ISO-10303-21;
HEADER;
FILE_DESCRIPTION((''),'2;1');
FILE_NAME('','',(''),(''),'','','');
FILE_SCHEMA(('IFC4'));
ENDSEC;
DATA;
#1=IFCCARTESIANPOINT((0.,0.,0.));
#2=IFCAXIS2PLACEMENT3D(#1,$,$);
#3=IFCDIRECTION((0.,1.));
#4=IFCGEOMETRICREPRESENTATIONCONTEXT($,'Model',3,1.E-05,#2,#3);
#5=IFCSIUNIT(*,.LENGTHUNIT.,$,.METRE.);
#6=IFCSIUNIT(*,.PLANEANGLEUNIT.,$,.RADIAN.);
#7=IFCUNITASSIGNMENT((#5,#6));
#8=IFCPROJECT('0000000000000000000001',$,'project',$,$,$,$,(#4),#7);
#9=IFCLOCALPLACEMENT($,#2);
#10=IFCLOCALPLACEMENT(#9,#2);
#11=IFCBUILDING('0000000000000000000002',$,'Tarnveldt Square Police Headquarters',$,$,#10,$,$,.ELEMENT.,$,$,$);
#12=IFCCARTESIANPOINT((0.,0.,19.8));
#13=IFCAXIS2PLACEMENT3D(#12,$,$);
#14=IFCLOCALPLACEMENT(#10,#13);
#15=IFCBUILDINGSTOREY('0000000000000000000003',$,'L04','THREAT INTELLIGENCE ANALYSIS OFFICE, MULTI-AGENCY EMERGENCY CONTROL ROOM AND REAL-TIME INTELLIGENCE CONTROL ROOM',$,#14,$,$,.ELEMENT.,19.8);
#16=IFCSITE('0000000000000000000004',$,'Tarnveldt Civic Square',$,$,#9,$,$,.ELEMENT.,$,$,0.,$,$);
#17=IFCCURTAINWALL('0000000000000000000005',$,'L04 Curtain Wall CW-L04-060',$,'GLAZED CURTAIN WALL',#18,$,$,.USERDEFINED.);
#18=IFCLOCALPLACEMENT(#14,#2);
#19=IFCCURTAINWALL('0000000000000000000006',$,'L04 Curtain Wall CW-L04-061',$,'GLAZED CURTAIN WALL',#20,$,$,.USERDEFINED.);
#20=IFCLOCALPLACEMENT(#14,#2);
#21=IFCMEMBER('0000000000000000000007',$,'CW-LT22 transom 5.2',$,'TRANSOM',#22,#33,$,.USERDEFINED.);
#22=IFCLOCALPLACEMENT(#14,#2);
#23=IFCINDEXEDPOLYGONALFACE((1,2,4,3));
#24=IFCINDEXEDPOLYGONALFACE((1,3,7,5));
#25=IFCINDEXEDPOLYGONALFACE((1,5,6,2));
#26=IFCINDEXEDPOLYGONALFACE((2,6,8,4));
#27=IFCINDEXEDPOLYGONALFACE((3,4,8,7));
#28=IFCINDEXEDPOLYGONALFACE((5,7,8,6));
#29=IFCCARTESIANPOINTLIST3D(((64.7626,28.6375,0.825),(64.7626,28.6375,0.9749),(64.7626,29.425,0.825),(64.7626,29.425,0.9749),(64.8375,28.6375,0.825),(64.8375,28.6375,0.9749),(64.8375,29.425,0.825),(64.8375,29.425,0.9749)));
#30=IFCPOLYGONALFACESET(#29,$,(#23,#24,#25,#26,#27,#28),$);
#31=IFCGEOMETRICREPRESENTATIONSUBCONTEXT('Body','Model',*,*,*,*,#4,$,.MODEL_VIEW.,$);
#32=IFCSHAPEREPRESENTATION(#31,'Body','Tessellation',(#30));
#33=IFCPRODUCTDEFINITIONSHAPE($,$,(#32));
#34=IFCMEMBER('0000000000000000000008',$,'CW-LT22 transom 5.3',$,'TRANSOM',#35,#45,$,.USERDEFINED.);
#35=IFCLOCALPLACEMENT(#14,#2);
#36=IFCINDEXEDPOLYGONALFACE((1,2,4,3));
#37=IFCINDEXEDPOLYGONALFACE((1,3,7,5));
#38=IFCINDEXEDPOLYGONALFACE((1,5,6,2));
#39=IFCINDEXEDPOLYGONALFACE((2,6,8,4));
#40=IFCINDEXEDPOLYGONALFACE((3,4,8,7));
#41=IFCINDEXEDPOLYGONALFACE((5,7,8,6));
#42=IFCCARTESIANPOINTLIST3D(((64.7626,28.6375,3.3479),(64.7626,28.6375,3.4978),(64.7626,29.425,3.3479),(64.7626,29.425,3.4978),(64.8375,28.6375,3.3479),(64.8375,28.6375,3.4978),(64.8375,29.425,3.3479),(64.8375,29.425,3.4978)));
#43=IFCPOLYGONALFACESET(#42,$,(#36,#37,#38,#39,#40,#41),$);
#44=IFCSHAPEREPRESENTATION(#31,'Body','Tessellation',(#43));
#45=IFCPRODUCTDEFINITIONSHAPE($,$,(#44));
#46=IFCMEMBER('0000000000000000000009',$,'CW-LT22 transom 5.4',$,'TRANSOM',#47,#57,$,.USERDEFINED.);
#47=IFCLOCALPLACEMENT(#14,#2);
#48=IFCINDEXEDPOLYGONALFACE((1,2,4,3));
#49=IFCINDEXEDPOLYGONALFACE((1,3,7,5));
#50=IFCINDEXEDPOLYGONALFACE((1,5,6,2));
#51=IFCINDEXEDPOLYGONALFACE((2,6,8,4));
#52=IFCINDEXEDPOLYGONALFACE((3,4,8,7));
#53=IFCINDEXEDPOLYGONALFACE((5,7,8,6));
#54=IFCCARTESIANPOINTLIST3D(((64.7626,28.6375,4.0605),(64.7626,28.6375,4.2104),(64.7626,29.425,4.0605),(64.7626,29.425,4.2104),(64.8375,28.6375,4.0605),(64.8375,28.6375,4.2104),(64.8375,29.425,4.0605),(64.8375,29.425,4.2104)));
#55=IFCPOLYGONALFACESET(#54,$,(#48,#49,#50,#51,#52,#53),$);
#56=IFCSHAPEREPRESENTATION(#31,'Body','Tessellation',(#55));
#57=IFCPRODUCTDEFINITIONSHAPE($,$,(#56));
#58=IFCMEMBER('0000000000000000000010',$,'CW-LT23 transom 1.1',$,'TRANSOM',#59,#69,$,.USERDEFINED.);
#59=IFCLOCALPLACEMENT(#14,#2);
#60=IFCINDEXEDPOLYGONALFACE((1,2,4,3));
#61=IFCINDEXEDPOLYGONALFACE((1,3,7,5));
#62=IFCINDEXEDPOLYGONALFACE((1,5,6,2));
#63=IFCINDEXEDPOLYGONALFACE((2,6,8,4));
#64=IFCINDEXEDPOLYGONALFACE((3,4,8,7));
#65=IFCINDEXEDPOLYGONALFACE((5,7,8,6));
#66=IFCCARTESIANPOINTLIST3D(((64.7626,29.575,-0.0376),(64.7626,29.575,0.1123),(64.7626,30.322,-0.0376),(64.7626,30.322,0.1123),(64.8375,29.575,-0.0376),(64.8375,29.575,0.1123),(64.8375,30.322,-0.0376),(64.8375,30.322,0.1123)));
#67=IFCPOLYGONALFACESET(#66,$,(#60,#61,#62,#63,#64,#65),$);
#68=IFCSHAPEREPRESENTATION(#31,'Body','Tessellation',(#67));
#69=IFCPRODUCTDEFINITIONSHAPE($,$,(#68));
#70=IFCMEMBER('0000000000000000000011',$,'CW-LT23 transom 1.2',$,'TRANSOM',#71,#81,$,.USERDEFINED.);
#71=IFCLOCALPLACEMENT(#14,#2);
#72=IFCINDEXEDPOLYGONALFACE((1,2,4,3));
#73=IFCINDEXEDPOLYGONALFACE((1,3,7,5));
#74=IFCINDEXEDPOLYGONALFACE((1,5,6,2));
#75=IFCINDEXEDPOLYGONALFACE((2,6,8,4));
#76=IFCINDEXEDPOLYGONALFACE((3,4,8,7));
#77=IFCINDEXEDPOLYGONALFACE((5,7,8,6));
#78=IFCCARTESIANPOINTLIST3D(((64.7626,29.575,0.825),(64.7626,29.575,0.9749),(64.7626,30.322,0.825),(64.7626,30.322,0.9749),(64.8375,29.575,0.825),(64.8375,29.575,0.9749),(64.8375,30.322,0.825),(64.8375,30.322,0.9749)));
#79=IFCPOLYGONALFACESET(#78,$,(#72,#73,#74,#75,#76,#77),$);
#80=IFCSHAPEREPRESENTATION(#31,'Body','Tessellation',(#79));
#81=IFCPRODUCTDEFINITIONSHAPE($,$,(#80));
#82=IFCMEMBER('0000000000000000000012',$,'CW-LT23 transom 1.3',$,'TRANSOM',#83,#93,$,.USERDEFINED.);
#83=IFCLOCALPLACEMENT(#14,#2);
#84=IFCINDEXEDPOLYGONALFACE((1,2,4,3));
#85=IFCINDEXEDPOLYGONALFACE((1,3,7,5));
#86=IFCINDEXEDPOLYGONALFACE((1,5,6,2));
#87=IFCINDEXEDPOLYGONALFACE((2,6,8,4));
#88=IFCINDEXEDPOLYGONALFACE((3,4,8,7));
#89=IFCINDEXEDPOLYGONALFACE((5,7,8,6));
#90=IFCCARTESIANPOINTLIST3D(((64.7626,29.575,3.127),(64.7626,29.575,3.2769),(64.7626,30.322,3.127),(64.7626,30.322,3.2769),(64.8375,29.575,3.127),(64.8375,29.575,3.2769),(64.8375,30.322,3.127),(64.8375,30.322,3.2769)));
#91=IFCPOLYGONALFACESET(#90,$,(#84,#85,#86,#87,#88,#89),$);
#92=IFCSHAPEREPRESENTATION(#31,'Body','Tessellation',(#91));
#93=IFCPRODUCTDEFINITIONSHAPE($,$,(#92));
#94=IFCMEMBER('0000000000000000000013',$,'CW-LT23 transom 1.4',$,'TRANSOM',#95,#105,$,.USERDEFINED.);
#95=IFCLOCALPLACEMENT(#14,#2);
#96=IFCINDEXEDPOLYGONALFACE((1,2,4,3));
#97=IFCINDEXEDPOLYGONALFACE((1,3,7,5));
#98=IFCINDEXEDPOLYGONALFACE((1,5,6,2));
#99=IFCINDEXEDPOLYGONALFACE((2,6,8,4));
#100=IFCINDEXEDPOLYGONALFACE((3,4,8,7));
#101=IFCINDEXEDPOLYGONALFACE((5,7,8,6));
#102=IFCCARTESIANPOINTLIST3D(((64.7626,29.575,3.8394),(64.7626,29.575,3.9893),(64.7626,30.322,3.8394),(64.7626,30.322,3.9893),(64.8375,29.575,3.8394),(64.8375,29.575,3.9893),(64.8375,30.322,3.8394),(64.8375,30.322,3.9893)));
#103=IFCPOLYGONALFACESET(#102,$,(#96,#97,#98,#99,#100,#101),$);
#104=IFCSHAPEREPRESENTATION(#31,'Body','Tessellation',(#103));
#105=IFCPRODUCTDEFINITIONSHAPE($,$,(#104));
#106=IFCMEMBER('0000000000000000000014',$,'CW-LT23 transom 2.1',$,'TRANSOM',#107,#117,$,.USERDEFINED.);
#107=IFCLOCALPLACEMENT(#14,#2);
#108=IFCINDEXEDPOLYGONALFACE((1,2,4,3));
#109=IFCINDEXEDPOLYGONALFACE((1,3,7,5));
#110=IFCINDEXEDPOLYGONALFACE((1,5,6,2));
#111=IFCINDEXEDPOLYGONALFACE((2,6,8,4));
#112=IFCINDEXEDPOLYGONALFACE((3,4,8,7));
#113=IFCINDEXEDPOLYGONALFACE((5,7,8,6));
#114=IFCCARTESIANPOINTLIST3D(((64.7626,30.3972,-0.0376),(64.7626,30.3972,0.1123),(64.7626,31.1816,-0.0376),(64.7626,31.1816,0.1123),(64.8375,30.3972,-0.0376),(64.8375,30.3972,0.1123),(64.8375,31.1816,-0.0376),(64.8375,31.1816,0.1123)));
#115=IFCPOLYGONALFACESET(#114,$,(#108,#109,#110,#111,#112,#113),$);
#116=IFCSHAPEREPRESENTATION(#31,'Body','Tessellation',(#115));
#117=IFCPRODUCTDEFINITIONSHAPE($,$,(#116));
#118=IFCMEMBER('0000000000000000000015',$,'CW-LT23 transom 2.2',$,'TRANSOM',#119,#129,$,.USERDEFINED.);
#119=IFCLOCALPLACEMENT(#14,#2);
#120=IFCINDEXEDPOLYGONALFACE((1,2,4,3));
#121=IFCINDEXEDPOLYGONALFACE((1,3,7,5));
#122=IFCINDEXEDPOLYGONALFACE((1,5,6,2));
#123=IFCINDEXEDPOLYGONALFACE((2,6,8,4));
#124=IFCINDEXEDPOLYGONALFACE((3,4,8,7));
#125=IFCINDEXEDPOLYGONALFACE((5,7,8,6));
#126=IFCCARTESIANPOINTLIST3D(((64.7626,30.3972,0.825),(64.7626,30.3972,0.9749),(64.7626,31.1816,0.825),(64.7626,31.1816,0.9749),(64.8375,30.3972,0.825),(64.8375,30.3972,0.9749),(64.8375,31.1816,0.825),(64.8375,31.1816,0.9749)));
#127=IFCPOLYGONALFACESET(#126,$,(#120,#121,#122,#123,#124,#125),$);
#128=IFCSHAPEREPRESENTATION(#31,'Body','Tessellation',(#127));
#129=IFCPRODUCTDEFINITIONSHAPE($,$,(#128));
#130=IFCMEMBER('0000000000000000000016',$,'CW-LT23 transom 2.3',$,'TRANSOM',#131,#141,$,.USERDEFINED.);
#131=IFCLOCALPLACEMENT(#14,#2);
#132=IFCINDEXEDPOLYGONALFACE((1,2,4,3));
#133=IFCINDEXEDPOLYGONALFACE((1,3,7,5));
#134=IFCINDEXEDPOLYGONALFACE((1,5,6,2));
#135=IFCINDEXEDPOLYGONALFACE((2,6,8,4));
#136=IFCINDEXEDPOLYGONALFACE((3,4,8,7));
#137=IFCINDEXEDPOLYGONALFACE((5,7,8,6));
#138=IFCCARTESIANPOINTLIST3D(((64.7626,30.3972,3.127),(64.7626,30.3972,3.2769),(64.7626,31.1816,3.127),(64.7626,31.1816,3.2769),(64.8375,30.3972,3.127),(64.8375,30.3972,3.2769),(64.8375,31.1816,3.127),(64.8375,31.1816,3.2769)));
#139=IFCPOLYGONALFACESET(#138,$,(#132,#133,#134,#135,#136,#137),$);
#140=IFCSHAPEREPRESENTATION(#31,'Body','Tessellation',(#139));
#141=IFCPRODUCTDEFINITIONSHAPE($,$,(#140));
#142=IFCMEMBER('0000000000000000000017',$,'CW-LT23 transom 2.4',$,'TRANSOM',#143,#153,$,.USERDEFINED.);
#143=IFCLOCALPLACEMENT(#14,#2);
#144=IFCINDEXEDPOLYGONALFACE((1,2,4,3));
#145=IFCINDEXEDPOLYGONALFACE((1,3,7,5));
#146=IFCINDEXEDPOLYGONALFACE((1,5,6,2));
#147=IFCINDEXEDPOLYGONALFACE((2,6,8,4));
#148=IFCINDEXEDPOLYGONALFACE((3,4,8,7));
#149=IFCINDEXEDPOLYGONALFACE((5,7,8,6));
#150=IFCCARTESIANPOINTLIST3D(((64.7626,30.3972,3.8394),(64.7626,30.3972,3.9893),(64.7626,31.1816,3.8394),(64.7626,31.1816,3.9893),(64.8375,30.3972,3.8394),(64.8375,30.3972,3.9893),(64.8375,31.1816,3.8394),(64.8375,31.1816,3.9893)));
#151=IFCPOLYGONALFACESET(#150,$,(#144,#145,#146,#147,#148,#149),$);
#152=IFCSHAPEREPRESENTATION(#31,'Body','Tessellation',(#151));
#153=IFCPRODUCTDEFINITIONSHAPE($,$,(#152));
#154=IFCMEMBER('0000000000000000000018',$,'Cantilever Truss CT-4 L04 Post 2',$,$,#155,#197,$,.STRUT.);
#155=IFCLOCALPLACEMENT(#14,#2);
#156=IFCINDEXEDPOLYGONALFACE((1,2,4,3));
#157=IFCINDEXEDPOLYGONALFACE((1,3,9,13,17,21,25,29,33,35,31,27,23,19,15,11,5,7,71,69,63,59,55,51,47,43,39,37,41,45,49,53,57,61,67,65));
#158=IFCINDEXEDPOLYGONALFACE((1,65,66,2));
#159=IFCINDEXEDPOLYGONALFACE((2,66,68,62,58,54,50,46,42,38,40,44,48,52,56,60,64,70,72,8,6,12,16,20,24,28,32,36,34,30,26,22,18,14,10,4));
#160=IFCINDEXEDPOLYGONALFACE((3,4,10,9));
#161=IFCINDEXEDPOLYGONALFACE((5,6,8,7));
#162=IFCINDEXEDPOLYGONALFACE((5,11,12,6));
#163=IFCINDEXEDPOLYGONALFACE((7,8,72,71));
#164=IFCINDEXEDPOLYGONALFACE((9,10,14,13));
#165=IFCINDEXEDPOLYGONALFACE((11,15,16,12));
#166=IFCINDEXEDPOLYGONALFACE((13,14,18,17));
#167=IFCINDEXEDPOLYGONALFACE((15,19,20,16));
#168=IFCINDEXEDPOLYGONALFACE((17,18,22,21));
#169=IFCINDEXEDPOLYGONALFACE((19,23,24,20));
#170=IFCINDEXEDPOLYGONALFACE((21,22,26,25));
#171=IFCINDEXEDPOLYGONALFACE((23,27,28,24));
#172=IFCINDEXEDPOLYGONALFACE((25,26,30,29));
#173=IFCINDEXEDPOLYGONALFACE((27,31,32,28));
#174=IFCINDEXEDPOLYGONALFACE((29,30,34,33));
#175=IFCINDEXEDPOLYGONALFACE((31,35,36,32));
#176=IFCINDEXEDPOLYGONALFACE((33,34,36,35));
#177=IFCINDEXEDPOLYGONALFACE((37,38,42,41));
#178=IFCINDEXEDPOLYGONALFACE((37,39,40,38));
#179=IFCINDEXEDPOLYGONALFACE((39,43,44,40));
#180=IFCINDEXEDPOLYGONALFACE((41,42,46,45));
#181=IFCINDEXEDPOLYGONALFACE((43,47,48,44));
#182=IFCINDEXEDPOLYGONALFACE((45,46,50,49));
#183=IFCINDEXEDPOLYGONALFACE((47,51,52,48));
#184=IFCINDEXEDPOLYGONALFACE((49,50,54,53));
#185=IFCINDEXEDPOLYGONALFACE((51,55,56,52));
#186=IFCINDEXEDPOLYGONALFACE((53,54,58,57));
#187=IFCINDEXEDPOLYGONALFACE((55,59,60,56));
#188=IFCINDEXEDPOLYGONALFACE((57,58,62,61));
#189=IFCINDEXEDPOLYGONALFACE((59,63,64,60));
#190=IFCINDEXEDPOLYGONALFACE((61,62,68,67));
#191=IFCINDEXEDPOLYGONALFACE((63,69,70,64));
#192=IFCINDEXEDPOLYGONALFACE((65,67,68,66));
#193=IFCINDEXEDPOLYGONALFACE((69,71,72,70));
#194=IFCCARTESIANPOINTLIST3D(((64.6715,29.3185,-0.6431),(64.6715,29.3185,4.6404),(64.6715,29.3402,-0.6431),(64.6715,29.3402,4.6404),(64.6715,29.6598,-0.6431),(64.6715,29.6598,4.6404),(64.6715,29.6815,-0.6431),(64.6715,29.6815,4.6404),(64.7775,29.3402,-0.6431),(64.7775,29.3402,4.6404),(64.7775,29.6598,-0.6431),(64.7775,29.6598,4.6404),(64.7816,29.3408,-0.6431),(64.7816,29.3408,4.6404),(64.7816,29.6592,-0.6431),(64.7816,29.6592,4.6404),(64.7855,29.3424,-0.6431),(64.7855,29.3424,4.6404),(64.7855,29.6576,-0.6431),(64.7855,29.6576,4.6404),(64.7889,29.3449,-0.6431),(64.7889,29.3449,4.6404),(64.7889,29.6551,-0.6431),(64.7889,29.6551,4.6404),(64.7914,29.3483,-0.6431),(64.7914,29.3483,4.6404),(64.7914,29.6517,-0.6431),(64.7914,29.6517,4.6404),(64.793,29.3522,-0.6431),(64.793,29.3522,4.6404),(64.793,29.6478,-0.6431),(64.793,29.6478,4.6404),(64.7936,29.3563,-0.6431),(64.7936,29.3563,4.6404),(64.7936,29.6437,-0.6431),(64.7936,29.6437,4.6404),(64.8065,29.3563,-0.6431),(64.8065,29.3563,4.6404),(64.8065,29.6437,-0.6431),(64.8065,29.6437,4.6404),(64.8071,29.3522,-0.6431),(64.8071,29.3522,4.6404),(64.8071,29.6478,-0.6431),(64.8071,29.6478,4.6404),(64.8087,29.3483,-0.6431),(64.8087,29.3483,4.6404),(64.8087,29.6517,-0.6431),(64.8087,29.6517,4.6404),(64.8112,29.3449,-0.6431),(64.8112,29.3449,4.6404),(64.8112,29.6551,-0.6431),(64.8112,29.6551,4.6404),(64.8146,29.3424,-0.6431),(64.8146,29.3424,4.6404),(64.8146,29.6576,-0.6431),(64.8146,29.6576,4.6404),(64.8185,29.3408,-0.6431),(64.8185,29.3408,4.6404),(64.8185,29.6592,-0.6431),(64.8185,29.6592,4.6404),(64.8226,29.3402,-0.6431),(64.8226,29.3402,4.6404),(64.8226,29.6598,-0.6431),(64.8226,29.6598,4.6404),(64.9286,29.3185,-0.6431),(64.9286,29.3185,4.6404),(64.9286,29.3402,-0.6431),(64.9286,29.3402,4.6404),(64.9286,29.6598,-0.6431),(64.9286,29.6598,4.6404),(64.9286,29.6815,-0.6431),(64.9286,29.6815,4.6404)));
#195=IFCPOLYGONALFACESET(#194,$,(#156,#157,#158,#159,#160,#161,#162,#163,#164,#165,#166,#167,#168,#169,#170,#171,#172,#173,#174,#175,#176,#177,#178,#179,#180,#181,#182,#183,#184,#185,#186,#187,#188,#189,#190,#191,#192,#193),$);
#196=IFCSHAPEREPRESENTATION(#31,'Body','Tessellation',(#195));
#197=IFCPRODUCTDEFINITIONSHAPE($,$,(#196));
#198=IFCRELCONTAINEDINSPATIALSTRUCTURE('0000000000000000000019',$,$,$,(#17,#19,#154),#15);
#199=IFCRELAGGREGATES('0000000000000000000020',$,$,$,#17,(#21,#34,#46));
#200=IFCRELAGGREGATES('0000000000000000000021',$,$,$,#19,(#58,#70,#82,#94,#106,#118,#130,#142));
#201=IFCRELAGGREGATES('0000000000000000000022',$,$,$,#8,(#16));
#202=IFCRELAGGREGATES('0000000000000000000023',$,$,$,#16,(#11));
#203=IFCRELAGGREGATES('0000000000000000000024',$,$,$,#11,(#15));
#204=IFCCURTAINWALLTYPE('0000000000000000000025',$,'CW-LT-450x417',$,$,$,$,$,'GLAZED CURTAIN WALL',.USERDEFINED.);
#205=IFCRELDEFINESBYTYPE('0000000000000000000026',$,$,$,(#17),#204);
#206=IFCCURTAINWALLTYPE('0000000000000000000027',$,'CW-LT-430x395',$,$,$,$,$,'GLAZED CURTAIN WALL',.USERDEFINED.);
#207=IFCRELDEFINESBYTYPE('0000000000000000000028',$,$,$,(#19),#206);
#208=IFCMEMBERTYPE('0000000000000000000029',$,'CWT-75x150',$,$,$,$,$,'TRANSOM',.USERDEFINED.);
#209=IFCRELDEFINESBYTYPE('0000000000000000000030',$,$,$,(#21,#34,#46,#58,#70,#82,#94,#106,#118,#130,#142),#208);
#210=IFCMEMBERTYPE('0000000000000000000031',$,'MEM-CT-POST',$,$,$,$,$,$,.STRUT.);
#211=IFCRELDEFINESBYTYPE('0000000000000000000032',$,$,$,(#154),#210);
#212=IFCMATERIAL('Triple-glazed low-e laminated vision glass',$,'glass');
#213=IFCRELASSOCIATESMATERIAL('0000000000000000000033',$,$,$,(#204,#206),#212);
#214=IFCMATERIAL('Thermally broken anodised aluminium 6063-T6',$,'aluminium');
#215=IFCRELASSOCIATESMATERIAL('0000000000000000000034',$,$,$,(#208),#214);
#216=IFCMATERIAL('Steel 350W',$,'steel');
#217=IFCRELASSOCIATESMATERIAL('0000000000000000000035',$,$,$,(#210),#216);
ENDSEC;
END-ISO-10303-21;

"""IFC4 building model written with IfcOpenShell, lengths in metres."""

from ifc_helpers import new_model, si_unit, direction, frame, origin, origin_2d, place, context, subcontext, project, spatial, rectangle, i_section, extrude, material, material_profile, profile_set, type_object, element, aggregate, save


model = new_model("IFC4")

# Units and contexts
model_context = context("Model", 3, precision=1e-05, world=origin(), true_north=direction((0.0, 1.0)))
body_context = subcontext(model_context, "Body", "Model", "MODEL_VIEW")
ifc_project = project(units=[si_unit("LENGTHUNIT", "METRE"), si_unit("PLANEANGLEUNIT", "RADIAN")], contexts=[model_context])

# Site, building, storey
site_placement = place(None, origin())
site = spatial("IfcSite", under=ifc_project, at=site_placement, Name="Tarnveldt Civic Square", CompositionType="ELEMENT", RefElevation=0.0)
building_placement = place(site_placement, origin())
building = spatial("IfcBuilding", under=site, at=building_placement, Name="Tarnveldt Square Police Headquarters", CompositionType="ELEMENT")
storey_placement = place(building_placement, frame((0.0, 0.0, 19.8)))
storey = spatial("IfcBuildingStorey", under=building, at=storey_placement, Name="L04", Description="THREAT INTELLIGENCE ANALYSIS OFFICE, MULTI-AGENCY EMERGENCY CONTROL ROOM AND REAL-TIME INTELLIGENCE CONTROL ROOM", CompositionType="ELEMENT", Elevation=19.8)

# Shared definitions
ifc_material_1 = material(Name="Steel 350W", Category="steel")

# Curtain walls
ifc_material_2 = material(Name="Triple-glazed low-e laminated vision glass", Category="glass")
curtain_wall_type_1 = type_object("IfcCurtainWallType", Name="CW-LT-450x417", ElementType="GLAZED CURTAIN WALL", PredefinedType="USERDEFINED", material=ifc_material_2)
curtain_wall_1_placement = place(storey_placement, origin())
curtain_wall_1 = element("IfcCurtainWall", 1, at=curtain_wall_1_placement, inside=storey, type_object=curtain_wall_type_1, Name="L04 Curtain Wall CW-L04-060", ObjectType="GLAZED CURTAIN WALL", PredefinedType="USERDEFINED")
ifc_material_3 = material(Name="Thermally broken anodised aluminium 6063-T6", Category="aluminium")
curtain_wall_type_2 = type_object("IfcCurtainWallType", Name="CW-LT-430x395", ElementType="GLAZED CURTAIN WALL", PredefinedType="USERDEFINED", material=ifc_material_2)
curtain_wall_2_placement = place(storey_placement, origin())
curtain_wall_2 = element("IfcCurtainWall", 2, at=curtain_wall_2_placement, inside=storey, type_object=curtain_wall_type_2, Name="L04 Curtain Wall CW-L04-061", ObjectType="GLAZED CURTAIN WALL", PredefinedType="USERDEFINED")

# Members
ifc_material_profile_1 = material_profile(ifc_material_3, rectangle(XDim=0.075, YDim=0.1499, at=origin_2d()), Name="CW-T75x150")
ifc_profile_set_1 = profile_set([ifc_material_profile_1], Name="Thermally broken anodised aluminium 6063-T6")
member_type_1 = type_object("IfcMemberType", Name="CWT-75x150", ElementType="TRANSOM", PredefinedType="USERDEFINED", material=ifc_profile_set_1)
member_1_placement = place(storey_placement, frame((64.8, 28.6375, 0.8999), z_axis=(0.0, 1.0, 0.0), x_axis=(-1.0, 0.0, 0.0)))
member_1 = element("IfcMember", 3, at=member_1_placement, type_object=member_type_1, Name="CW-LT22 transom 5.2", ObjectType="TRANSOM", PredefinedType="USERDEFINED", context=body_context, shape_type="SweptSolid", body=[
    extrude(rectangle(XDim=0.075, YDim=0.1499, at=origin_2d()), origin(), (0.0, 0.0, 1.0), 0.7876),
])
member_2_placement = place(storey_placement, frame((64.8, 28.6375, 3.4229), z_axis=(0.0, 1.0, 0.0), x_axis=(-1.0, 0.0, 0.0)))
member_2 = element("IfcMember", 4, at=member_2_placement, type_object=member_type_1, Name="CW-LT22 transom 5.3", ObjectType="TRANSOM", PredefinedType="USERDEFINED", context=body_context, shape_type="SweptSolid", body=[
    extrude(rectangle(XDim=0.075, YDim=0.1499, at=origin_2d()), origin(), (0.0, 0.0, 1.0), 0.7876),
])
member_3_placement = place(storey_placement, frame((64.8, 28.6375, 4.1355), z_axis=(0.0, 1.0, 0.0), x_axis=(-1.0, 0.0, 0.0)))
member_3 = element("IfcMember", 5, at=member_3_placement, type_object=member_type_1, Name="CW-LT22 transom 5.4", ObjectType="TRANSOM", PredefinedType="USERDEFINED", context=body_context, shape_type="SweptSolid", body=[
    extrude(rectangle(XDim=0.075, YDim=0.1499, at=origin_2d()), origin(), (0.0, 0.0, 1.0), 0.7876),
])
member_4_placement = place(storey_placement, frame((64.8, 29.575, 0.0374), z_axis=(0.0, 1.0, 0.0), x_axis=(-1.0, 0.0, 0.0)))
member_4 = element("IfcMember", 6, at=member_4_placement, type_object=member_type_1, Name="CW-LT23 transom 1.1", ObjectType="TRANSOM", PredefinedType="USERDEFINED", context=body_context, shape_type="SweptSolid", body=[
    extrude(rectangle(XDim=0.075, YDim=0.1499, at=origin_2d()), origin(), (0.0, 0.0, 1.0), 0.7471),
])
member_5_placement = place(storey_placement, frame((64.8, 29.575, 0.8999), z_axis=(0.0, 1.0, 0.0), x_axis=(-1.0, 0.0, 0.0)))
member_5 = element("IfcMember", 7, at=member_5_placement, type_object=member_type_1, Name="CW-LT23 transom 1.2", ObjectType="TRANSOM", PredefinedType="USERDEFINED", context=body_context, shape_type="SweptSolid", body=[
    extrude(rectangle(XDim=0.075, YDim=0.1499, at=origin_2d()), origin(), (0.0, 0.0, 1.0), 0.7471),
])
member_6_placement = place(storey_placement, frame((64.8, 29.575, 3.2019), z_axis=(0.0, 1.0, 0.0), x_axis=(-1.0, 0.0, 0.0)))
member_6 = element("IfcMember", 8, at=member_6_placement, type_object=member_type_1, Name="CW-LT23 transom 1.3", ObjectType="TRANSOM", PredefinedType="USERDEFINED", context=body_context, shape_type="SweptSolid", body=[
    extrude(rectangle(XDim=0.075, YDim=0.1499, at=origin_2d()), origin(), (0.0, 0.0, 1.0), 0.7471),
])
member_7_placement = place(storey_placement, frame((64.8, 29.575, 3.9143), z_axis=(0.0, 1.0, 0.0), x_axis=(-1.0, 0.0, 0.0)))
member_7 = element("IfcMember", 9, at=member_7_placement, type_object=member_type_1, Name="CW-LT23 transom 1.4", ObjectType="TRANSOM", PredefinedType="USERDEFINED", context=body_context, shape_type="SweptSolid", body=[
    extrude(rectangle(XDim=0.075, YDim=0.1499, at=origin_2d()), origin(), (0.0, 0.0, 1.0), 0.7471),
])
member_8_placement = place(storey_placement, frame((64.8, 30.3972, 0.0374), z_axis=(0.0, 1.0, 0.0), x_axis=(-1.0, 0.0, 0.0)))
member_8 = element("IfcMember", 10, at=member_8_placement, type_object=member_type_1, Name="CW-LT23 transom 2.1", ObjectType="TRANSOM", PredefinedType="USERDEFINED", context=body_context, shape_type="SweptSolid", body=[
    extrude(rectangle(XDim=0.075, YDim=0.1499, at=origin_2d()), origin(), (0.0, 0.0, 1.0), 0.7844),
])
member_9_placement = place(storey_placement, frame((64.8, 30.3972, 0.8999), z_axis=(0.0, 1.0, 0.0), x_axis=(-1.0, 0.0, 0.0)))
member_9 = element("IfcMember", 11, at=member_9_placement, type_object=member_type_1, Name="CW-LT23 transom 2.2", ObjectType="TRANSOM", PredefinedType="USERDEFINED", context=body_context, shape_type="SweptSolid", body=[
    extrude(rectangle(XDim=0.075, YDim=0.1499, at=origin_2d()), origin(), (0.0, 0.0, 1.0), 0.7844),
])
member_10_placement = place(storey_placement, frame((64.8, 30.3972, 3.2019), z_axis=(0.0, 1.0, 0.0), x_axis=(-1.0, 0.0, 0.0)))
member_10 = element("IfcMember", 12, at=member_10_placement, type_object=member_type_1, Name="CW-LT23 transom 2.3", ObjectType="TRANSOM", PredefinedType="USERDEFINED", context=body_context, shape_type="SweptSolid", body=[
    extrude(rectangle(XDim=0.075, YDim=0.1499, at=origin_2d()), origin(), (0.0, 0.0, 1.0), 0.7844),
])
member_11_placement = place(storey_placement, frame((64.8, 30.3972, 3.9143), z_axis=(0.0, 1.0, 0.0), x_axis=(-1.0, 0.0, 0.0)))
member_11 = element("IfcMember", 13, at=member_11_placement, type_object=member_type_1, Name="CW-LT23 transom 2.4", ObjectType="TRANSOM", PredefinedType="USERDEFINED", context=body_context, shape_type="SweptSolid", body=[
    extrude(rectangle(XDim=0.075, YDim=0.1499, at=origin_2d()), origin(), (0.0, 0.0, 1.0), 0.7844),
])

# Member
ifc_material_profile_2 = material_profile(ifc_material_1, i_section(OverallWidth=0.2571, OverallDepth=0.363, WebThickness=0.0129, FlangeThickness=0.0217, FilletRadius=0.0161, at=origin_2d()), Name="W360x122")
ifc_profile_set_2 = profile_set([ifc_material_profile_2], Name="Steel 350W")
member_type_2 = type_object("IfcMemberType", Name="MEM-CT-POST", PredefinedType="STRUT", material=ifc_profile_set_2)
member_12_placement = place(storey_placement, frame((64.8, 29.5, -0.6431), z_axis=(0.0, 0.0, 1.0), x_axis=(1.0, 0.0, 0.0)))
element("IfcMember", 14, at=member_12_placement, inside=storey, type_object=member_type_2, Name="Cantilever Truss CT-4 L04 Post 2", PredefinedType="STRUT", context=body_context, shape_type="SweptSolid", body=[
    extrude(i_section(OverallWidth=0.2571, OverallDepth=0.363, WebThickness=0.0129, FlangeThickness=0.0217, FilletRadius=0.0161, at=origin_2d()), origin(), (0.0, 0.0, 1.0), 5.2834),
])

aggregate(curtain_wall_1, [member_1, member_2, member_3])
aggregate(curtain_wall_2, [member_4, member_5, member_6, member_7, member_8, member_9, member_10, member_11])

save(model, "model.ifc")
